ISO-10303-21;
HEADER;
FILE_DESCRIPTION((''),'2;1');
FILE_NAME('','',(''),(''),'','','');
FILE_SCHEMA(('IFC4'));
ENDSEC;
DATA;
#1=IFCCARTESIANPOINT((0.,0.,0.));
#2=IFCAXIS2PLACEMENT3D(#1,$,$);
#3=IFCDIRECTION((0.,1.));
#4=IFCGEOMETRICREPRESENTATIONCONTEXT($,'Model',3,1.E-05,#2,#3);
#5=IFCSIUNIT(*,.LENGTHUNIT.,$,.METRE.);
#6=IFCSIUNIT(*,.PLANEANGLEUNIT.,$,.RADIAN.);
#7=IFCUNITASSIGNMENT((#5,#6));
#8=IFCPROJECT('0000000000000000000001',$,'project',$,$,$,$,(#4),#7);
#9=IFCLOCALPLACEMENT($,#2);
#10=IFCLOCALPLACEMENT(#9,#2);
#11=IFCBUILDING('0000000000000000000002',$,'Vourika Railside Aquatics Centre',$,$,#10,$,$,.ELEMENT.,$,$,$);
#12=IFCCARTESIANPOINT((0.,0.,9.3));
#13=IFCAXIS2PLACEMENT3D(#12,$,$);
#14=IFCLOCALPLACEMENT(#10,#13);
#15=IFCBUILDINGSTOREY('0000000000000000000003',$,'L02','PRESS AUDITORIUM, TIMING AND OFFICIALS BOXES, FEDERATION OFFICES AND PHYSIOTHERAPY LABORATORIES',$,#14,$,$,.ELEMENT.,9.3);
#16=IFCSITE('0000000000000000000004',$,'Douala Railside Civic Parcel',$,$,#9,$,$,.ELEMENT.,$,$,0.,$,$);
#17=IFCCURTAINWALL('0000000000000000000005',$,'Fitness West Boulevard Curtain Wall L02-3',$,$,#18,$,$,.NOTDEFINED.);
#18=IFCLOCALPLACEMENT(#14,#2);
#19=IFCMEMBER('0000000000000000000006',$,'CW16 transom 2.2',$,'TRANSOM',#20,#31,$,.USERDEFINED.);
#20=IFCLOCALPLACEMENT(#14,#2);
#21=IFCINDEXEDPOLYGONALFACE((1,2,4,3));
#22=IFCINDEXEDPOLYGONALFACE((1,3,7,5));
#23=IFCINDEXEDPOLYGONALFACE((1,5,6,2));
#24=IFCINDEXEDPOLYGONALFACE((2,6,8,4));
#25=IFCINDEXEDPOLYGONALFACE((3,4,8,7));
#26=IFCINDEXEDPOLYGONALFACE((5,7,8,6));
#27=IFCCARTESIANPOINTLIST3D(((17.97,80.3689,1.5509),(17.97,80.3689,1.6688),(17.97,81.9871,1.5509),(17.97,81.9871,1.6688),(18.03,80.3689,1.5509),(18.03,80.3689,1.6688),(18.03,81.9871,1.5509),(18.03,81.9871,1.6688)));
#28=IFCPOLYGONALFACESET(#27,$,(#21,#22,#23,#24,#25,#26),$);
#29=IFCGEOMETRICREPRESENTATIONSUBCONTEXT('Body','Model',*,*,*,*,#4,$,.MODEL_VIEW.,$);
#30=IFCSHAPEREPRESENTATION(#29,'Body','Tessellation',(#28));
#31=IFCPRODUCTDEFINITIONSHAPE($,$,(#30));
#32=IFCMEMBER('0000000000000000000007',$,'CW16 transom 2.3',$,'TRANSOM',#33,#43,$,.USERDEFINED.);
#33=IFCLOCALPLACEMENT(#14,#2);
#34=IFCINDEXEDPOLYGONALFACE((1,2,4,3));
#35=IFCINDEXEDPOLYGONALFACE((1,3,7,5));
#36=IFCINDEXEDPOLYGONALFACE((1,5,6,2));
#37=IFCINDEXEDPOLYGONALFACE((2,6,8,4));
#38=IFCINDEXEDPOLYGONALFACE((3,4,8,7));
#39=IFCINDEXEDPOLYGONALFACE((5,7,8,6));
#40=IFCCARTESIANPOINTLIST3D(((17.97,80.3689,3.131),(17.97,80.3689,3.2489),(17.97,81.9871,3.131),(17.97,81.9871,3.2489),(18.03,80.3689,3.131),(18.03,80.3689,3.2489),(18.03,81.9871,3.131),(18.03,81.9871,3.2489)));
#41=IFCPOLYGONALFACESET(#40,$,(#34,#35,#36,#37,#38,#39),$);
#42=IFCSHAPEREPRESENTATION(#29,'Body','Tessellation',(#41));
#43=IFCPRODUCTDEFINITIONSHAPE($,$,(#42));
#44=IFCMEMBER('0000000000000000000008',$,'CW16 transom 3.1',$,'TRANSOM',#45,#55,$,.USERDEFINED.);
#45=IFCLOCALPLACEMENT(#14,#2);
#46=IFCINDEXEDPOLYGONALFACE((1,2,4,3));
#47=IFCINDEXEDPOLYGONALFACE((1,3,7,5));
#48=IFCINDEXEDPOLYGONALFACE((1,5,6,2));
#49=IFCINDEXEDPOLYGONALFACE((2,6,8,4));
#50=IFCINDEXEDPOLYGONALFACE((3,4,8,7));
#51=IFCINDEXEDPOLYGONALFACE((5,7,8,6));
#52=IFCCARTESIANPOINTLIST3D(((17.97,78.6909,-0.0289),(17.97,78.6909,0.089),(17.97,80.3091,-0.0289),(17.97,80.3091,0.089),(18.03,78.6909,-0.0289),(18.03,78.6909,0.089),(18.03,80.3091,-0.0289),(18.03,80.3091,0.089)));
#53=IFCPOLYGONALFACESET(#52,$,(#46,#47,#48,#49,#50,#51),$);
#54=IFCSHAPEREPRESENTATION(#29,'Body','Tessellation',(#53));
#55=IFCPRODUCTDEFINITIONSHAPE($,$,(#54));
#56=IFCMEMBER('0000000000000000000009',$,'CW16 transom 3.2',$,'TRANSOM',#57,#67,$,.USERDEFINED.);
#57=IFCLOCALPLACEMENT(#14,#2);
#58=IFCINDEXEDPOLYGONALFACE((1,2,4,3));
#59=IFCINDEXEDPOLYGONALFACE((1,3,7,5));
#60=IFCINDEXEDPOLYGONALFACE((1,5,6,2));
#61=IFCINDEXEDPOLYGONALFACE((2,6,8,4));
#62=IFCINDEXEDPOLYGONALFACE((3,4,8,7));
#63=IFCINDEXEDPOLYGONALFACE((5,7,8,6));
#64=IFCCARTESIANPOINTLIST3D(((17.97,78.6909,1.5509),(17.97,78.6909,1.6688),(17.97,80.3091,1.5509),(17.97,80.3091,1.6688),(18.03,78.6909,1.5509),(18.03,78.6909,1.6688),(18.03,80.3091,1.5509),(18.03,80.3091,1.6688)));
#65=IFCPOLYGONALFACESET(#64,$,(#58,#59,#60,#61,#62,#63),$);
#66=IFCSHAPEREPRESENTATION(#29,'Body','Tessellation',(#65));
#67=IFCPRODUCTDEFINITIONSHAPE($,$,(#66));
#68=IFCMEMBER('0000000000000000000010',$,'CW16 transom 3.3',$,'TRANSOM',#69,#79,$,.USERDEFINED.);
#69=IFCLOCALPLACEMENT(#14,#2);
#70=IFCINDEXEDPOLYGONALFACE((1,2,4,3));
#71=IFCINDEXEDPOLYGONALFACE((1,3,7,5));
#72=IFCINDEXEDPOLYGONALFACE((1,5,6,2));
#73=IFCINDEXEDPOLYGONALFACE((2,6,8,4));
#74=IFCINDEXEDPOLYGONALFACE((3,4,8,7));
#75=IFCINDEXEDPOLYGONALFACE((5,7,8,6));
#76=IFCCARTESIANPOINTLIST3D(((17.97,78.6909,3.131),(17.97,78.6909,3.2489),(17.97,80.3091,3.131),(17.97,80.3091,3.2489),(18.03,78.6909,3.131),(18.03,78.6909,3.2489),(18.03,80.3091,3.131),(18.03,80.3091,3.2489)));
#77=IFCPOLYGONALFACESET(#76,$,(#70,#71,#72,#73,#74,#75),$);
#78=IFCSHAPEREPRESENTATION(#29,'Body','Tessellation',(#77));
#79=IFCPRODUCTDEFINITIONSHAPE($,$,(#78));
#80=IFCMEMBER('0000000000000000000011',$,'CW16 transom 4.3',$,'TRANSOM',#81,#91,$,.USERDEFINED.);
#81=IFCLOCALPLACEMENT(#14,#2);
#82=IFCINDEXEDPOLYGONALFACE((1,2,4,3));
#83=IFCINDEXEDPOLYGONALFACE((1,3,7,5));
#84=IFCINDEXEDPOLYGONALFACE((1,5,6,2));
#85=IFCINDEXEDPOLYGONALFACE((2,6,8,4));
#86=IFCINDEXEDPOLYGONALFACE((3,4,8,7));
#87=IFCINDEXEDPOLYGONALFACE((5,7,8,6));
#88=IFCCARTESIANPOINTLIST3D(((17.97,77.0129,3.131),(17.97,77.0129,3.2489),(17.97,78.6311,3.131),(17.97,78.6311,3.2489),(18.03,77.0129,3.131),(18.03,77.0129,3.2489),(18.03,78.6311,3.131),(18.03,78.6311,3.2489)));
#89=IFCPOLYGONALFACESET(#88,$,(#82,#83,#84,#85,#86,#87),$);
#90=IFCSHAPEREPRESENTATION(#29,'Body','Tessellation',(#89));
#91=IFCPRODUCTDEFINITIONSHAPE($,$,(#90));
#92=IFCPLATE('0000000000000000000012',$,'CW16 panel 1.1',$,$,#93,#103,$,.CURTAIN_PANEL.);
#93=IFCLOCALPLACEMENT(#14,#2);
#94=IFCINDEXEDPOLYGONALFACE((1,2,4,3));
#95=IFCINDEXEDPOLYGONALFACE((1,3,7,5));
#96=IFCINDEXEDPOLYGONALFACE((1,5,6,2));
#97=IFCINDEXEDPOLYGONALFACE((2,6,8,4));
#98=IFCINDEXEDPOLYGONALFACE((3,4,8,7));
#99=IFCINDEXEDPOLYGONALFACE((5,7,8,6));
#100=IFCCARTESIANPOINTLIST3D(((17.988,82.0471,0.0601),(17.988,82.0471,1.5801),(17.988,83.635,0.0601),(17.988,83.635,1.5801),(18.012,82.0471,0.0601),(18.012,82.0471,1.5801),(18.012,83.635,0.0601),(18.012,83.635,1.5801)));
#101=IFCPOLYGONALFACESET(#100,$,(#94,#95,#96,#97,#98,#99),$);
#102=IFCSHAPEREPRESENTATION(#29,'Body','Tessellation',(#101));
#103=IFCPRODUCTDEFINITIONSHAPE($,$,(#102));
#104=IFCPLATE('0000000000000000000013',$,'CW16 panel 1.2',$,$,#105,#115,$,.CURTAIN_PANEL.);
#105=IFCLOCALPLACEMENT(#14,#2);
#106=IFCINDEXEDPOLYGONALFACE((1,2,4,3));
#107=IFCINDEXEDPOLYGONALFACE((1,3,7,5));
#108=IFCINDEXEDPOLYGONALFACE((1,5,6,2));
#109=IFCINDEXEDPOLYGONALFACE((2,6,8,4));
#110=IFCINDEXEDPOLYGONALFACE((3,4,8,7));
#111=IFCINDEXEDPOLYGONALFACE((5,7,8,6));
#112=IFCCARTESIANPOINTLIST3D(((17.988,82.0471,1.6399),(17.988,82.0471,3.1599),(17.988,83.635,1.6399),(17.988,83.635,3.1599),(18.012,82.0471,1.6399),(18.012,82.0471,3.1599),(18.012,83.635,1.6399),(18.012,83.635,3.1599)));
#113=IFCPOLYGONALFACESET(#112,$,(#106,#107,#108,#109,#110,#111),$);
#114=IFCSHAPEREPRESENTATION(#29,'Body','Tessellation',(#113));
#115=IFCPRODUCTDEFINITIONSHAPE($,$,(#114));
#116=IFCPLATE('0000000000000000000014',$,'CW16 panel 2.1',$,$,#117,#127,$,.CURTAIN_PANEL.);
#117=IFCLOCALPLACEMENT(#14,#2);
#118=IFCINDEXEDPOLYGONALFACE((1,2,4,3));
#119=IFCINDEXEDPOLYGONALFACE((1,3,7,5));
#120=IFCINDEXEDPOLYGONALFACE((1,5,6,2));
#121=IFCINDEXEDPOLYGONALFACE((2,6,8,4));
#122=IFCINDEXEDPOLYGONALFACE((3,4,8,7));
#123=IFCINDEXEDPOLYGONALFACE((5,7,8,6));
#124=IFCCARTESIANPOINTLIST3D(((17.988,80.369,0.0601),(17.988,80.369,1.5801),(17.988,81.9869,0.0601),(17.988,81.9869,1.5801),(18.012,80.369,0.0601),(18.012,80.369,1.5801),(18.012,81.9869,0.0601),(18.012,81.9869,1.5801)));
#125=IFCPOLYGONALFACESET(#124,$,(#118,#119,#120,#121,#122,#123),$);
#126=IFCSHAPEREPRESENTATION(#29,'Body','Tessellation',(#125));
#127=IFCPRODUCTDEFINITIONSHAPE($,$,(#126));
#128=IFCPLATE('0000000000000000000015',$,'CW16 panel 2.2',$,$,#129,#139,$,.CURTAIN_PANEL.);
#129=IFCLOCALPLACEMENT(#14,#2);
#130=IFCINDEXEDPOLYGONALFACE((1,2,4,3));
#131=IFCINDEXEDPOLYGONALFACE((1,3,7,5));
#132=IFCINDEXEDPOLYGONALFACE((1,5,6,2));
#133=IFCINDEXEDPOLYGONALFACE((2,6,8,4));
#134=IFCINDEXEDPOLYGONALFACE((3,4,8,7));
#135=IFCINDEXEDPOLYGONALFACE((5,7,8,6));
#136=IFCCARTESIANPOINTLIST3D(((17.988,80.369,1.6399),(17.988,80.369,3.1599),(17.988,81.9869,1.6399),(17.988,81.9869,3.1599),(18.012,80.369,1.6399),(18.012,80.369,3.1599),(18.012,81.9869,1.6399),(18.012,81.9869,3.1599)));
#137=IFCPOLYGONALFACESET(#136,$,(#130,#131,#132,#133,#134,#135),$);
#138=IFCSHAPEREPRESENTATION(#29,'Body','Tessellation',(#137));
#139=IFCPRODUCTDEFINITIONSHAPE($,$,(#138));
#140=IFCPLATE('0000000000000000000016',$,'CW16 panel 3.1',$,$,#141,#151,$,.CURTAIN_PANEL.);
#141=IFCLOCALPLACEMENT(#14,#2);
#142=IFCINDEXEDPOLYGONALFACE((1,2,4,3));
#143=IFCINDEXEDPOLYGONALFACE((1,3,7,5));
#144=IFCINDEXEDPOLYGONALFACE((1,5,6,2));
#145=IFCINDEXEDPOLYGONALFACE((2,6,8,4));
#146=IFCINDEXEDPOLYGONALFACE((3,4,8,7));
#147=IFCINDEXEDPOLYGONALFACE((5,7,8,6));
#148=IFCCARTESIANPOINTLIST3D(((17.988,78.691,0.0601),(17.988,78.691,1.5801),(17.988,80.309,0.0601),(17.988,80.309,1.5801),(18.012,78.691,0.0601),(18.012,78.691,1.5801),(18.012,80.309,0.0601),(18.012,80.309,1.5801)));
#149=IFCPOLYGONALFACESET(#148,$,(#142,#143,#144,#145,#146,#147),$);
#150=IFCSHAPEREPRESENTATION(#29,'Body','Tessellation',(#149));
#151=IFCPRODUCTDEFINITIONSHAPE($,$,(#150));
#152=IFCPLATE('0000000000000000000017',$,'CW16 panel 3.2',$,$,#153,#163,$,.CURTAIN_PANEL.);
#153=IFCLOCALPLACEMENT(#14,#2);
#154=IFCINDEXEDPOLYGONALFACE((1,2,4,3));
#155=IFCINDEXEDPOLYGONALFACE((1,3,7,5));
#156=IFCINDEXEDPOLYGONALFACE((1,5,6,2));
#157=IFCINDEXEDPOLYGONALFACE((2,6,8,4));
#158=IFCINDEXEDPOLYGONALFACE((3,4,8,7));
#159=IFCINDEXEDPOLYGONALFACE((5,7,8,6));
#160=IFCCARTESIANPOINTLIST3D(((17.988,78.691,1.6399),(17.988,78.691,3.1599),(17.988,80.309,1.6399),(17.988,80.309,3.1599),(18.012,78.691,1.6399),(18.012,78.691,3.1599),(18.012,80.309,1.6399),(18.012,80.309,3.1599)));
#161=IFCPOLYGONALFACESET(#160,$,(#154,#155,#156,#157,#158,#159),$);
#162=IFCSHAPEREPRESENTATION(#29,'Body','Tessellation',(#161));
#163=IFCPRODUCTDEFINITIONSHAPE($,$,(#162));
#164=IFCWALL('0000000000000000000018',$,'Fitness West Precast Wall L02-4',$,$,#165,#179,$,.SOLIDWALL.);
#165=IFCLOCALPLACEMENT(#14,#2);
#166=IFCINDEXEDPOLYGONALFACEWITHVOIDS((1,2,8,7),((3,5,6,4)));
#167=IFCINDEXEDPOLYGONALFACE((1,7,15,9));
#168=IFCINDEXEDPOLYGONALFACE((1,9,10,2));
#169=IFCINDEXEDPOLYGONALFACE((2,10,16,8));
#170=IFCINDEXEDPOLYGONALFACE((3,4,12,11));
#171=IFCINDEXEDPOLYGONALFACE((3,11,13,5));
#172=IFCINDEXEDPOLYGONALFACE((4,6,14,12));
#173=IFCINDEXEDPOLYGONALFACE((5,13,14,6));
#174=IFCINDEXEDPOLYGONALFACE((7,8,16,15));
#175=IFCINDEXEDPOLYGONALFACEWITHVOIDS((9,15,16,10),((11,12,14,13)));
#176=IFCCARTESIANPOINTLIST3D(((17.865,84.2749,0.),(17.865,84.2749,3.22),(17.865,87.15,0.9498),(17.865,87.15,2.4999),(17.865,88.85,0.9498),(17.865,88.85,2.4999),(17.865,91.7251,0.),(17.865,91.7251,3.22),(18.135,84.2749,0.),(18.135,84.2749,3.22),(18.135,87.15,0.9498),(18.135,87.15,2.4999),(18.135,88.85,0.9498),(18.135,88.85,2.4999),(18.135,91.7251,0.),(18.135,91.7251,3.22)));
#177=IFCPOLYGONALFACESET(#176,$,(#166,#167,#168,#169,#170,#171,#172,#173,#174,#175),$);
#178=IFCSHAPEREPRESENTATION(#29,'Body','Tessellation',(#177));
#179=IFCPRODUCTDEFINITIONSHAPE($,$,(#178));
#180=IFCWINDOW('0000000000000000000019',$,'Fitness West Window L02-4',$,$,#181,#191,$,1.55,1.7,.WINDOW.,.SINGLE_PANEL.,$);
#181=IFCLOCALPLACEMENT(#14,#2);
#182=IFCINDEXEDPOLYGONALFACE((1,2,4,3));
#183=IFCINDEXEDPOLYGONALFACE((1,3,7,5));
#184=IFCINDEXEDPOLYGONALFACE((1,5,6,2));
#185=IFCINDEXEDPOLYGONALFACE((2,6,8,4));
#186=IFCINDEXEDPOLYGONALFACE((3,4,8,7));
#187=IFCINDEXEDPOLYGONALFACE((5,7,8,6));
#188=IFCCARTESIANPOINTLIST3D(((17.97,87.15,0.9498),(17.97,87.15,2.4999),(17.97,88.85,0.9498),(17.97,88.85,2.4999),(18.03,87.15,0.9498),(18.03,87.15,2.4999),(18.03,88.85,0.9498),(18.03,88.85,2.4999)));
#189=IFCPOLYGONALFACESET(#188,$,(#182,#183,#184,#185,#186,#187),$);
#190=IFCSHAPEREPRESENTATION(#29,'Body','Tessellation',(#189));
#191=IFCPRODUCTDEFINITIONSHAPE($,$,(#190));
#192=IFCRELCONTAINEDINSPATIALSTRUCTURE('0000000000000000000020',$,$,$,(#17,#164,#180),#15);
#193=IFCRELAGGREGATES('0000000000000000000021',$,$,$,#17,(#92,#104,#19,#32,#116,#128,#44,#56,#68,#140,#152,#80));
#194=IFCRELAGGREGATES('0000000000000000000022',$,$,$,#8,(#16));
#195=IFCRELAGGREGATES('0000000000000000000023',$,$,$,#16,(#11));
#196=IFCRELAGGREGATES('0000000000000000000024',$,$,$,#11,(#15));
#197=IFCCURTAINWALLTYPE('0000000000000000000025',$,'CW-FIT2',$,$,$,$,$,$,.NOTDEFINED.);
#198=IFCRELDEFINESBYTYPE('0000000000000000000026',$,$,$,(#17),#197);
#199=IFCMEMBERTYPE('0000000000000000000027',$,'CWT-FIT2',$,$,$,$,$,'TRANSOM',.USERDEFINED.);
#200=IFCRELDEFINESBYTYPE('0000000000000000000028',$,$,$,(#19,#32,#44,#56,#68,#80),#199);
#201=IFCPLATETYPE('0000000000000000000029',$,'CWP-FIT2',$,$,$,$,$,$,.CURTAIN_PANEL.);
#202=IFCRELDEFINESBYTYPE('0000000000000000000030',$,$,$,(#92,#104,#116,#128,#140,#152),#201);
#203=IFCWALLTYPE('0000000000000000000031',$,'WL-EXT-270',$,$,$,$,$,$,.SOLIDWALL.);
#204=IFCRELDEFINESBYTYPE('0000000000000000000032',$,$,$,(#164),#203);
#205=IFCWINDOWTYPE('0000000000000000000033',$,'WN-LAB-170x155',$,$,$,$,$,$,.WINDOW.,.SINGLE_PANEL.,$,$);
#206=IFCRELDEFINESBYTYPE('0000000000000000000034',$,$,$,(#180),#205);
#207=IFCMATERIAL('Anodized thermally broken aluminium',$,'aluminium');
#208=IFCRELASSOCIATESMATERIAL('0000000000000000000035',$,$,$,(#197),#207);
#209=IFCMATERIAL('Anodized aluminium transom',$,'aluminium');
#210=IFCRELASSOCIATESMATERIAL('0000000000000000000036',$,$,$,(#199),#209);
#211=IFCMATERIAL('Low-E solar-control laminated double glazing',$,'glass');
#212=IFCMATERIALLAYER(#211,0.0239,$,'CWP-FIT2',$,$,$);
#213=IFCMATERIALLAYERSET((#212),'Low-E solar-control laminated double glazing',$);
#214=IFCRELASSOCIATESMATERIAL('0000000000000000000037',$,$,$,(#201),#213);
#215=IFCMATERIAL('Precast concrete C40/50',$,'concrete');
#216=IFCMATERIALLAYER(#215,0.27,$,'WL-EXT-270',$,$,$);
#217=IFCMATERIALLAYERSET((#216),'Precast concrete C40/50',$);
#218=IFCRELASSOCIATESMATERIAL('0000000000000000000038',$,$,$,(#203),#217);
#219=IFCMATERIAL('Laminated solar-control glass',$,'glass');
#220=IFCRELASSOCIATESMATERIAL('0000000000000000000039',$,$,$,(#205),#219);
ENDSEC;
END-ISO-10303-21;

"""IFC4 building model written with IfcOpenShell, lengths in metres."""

from ifc_helpers import new_model, si_unit, direction, frame, frame_2d, origin, origin_2d, place, context, subcontext, project, spatial, rectangle, extrude, material, layer, layer_set, material_profile, profile_set, type_object, element, fill, aggregate, save


model = new_model("IFC4")

# Units and contexts
model_context = context("Model", 3, precision=1e-05, world=origin(), true_north=direction((0.0, 1.0)))
body_context = subcontext(model_context, "Body", "Model", "MODEL_VIEW")
ifc_project = project(units=[si_unit("LENGTHUNIT", "METRE"), si_unit("PLANEANGLEUNIT", "RADIAN")], contexts=[model_context])

# Site, building, storey
site_placement = place(None, origin())
site = spatial("IfcSite", under=ifc_project, at=site_placement, Name="Douala Railside Civic Parcel", CompositionType="ELEMENT", RefElevation=0.0)
building_placement = place(site_placement, origin())
building = spatial("IfcBuilding", under=site, at=building_placement, Name="Vourika Railside Aquatics Centre", CompositionType="ELEMENT")
storey_placement = place(building_placement, frame((0.0, 0.0, 9.3)))
storey = spatial("IfcBuildingStorey", under=building, at=storey_placement, Name="L02", Description="PRESS AUDITORIUM, TIMING AND OFFICIALS BOXES, FEDERATION OFFICES AND PHYSIOTHERAPY LABORATORIES", CompositionType="ELEMENT", Elevation=9.3)

# Curtain wall, members, plates
ifc_material_1 = material(Name="Anodized thermally broken aluminium", Category="aluminium")
curtain_wall_type = type_object("IfcCurtainWallType", Name="CW-FIT2", PredefinedType="NOTDEFINED", material=ifc_material_1)
curtain_wall_placement = place(storey_placement, origin())
curtain_wall = element("IfcCurtainWall", 1, at=curtain_wall_placement, inside=storey, type_object=curtain_wall_type, Name="Fitness West Boulevard Curtain Wall L02-3", PredefinedType="NOTDEFINED")
ifc_material_2 = material(Name="Anodized aluminium transom", Category="aluminium")
ifc_material_profile_1 = material_profile(ifc_material_2, rectangle(XDim=0.0601, YDim=0.1179, at=origin_2d()), Name="ALU-T 60x118")
ifc_profile_set_1 = profile_set([ifc_material_profile_1], Name="Anodized aluminium transom")
member_type_1 = type_object("IfcMemberType", Name="CWT-FIT2", ElementType="TRANSOM", PredefinedType="USERDEFINED", material=ifc_profile_set_1)
member_1_placement = place(storey_placement, frame((18.0, 81.9871, 1.6099), z_axis=(0.0, -1.0, 0.0), x_axis=(1.0, 0.0, 0.0)))
member_1 = element("IfcMember", 2, at=member_1_placement, type_object=member_type_1, Name="CW16 transom 2.2", ObjectType="TRANSOM", PredefinedType="USERDEFINED", context=body_context, shape_type="SweptSolid", body=[
    extrude(rectangle(XDim=0.0601, YDim=0.1179, at=origin_2d()), origin(), (0.0, 0.0, 1.0), 1.6182),
])
member_2_placement = place(storey_placement, frame((18.0, 81.9871, 3.1899), z_axis=(0.0, -1.0, 0.0), x_axis=(1.0, 0.0, 0.0)))
member_2 = element("IfcMember", 3, at=member_2_placement, type_object=member_type_1, Name="CW16 transom 2.3", ObjectType="TRANSOM", PredefinedType="USERDEFINED", context=body_context, shape_type="SweptSolid", body=[
    extrude(rectangle(XDim=0.0601, YDim=0.1179, at=origin_2d()), origin(), (0.0, 0.0, 1.0), 1.6182),
])
member_3_placement = place(storey_placement, frame((18.0, 80.3091, 0.03), z_axis=(0.0, -1.0, 0.0), x_axis=(1.0, 0.0, 0.0)))
member_3 = element("IfcMember", 4, at=member_3_placement, type_object=member_type_1, Name="CW16 transom 3.1", ObjectType="TRANSOM", PredefinedType="USERDEFINED", context=body_context, shape_type="SweptSolid", body=[
    extrude(rectangle(XDim=0.0601, YDim=0.1179, at=origin_2d()), origin(), (0.0, 0.0, 1.0), 1.6182),
])
member_4_placement = place(storey_placement, frame((18.0, 80.3091, 1.6099), z_axis=(0.0, -1.0, 0.0), x_axis=(1.0, 0.0, 0.0)))
member_4 = element("IfcMember", 5, at=member_4_placement, type_object=member_type_1, Name="CW16 transom 3.2", ObjectType="TRANSOM", PredefinedType="USERDEFINED", context=body_context, shape_type="SweptSolid", body=[
    extrude(rectangle(XDim=0.0601, YDim=0.1179, at=origin_2d()), origin(), (0.0, 0.0, 1.0), 1.6182),
])
member_5_placement = place(storey_placement, frame((18.0, 80.3091, 3.1899), z_axis=(0.0, -1.0, 0.0), x_axis=(1.0, 0.0, 0.0)))
member_5 = element("IfcMember", 6, at=member_5_placement, type_object=member_type_1, Name="CW16 transom 3.3", ObjectType="TRANSOM", PredefinedType="USERDEFINED", context=body_context, shape_type="SweptSolid", body=[
    extrude(rectangle(XDim=0.0601, YDim=0.1179, at=origin_2d()), origin(), (0.0, 0.0, 1.0), 1.6182),
])
member_6_placement = place(storey_placement, frame((18.0, 78.6311, 3.1899), z_axis=(0.0, -1.0, 0.0), x_axis=(1.0, 0.0, 0.0)))
member_6 = element("IfcMember", 7, at=member_6_placement, type_object=member_type_1, Name="CW16 transom 4.3", ObjectType="TRANSOM", PredefinedType="USERDEFINED", context=body_context, shape_type="SweptSolid", body=[
    extrude(rectangle(XDim=0.0601, YDim=0.1179, at=origin_2d()), origin(), (0.0, 0.0, 1.0), 1.6182),
])
ifc_material_3 = material(Name="Low-E solar-control laminated double glazing", Category="glass")
ifc_layer_1 = layer(ifc_material_3, 0.0239, Name="CWP-FIT2")
ifc_layer_set_1 = layer_set([ifc_layer_1], Name="Low-E solar-control laminated double glazing")
plate_type = type_object("IfcPlateType", Name="CWP-FIT2", PredefinedType="CURTAIN_PANEL", material=ifc_layer_set_1)
plate_1_placement = place(storey_placement, frame((18.0, 82.8411, 0.0601), z_axis=(0.0, 0.0, 1.0), x_axis=(0.0, -1.0, 0.0)))
plate_1 = element("IfcPlate", 8, at=plate_1_placement, type_object=plate_type, Name="CW16 panel 1.1", PredefinedType="CURTAIN_PANEL", context=body_context, shape_type="SweptSolid", body=[
    extrude(rectangle(XDim=1.5879, YDim=0.0239, at=origin_2d()), origin(), (0.0, 0.0, 1.0), 1.52),
])
plate_2_placement = place(storey_placement, frame((18.0, 82.8411, 1.6399), z_axis=(0.0, 0.0, 1.0), x_axis=(0.0, -1.0, 0.0)))
plate_2 = element("IfcPlate", 9, at=plate_2_placement, type_object=plate_type, Name="CW16 panel 1.2", PredefinedType="CURTAIN_PANEL", context=body_context, shape_type="SweptSolid", body=[
    extrude(rectangle(XDim=1.5879, YDim=0.0239, at=origin_2d()), origin(), (0.0, 0.0, 1.0), 1.52),
])
plate_3_placement = place(storey_placement, frame((18.0, 81.178, 0.0601), z_axis=(0.0, 0.0, 1.0), x_axis=(0.0, -1.0, 0.0)))
plate_3 = element("IfcPlate", 10, at=plate_3_placement, type_object=plate_type, Name="CW16 panel 2.1", PredefinedType="CURTAIN_PANEL", context=body_context, shape_type="SweptSolid", body=[
    extrude(rectangle(XDim=1.6179, YDim=0.0239, at=origin_2d()), origin(), (0.0, 0.0, 1.0), 1.52),
])
plate_4_placement = place(storey_placement, frame((18.0, 81.178, 1.6399), z_axis=(0.0, 0.0, 1.0), x_axis=(0.0, -1.0, 0.0)))
plate_4 = element("IfcPlate", 11, at=plate_4_placement, type_object=plate_type, Name="CW16 panel 2.2", PredefinedType="CURTAIN_PANEL", context=body_context, shape_type="SweptSolid", body=[
    extrude(rectangle(XDim=1.6179, YDim=0.0239, at=origin_2d()), origin(), (0.0, 0.0, 1.0), 1.52),
])
plate_5_placement = place(storey_placement, frame((18.0, 79.5, 0.0601), z_axis=(0.0, 0.0, 1.0), x_axis=(0.0, -1.0, 0.0)))
plate_5 = element("IfcPlate", 12, at=plate_5_placement, type_object=plate_type, Name="CW16 panel 3.1", PredefinedType="CURTAIN_PANEL", context=body_context, shape_type="SweptSolid", body=[
    extrude(rectangle(XDim=1.6179, YDim=0.0239, at=origin_2d()), origin(), (0.0, 0.0, 1.0), 1.52),
])
plate_6_placement = place(storey_placement, frame((18.0, 79.5, 1.6399), z_axis=(0.0, 0.0, 1.0), x_axis=(0.0, -1.0, 0.0)))
plate_6 = element("IfcPlate", 13, at=plate_6_placement, type_object=plate_type, Name="CW16 panel 3.2", PredefinedType="CURTAIN_PANEL", context=body_context, shape_type="SweptSolid", body=[
    extrude(rectangle(XDim=1.6179, YDim=0.0239, at=origin_2d()), origin(), (0.0, 0.0, 1.0), 1.52),
])
aggregate(curtain_wall, [plate_1, plate_2, member_1, member_2, plate_3, plate_4, member_3, member_4, member_5, plate_5, plate_6, member_6])

# Wall, opening, window
ifc_material_4 = material(Name="Precast concrete C40/50", Category="concrete")
ifc_layer_2 = layer(ifc_material_4, 0.27, Name="WL-EXT-270")
ifc_layer_set_2 = layer_set([ifc_layer_2], Name="Precast concrete C40/50")
wall_type_1 = type_object("IfcWallType", Name="WL-EXT-270", PredefinedType="SOLIDWALL", material=ifc_layer_set_2)
wall_1_placement = place(storey_placement, frame((18.0, 91.7251, 0.0), z_axis=(0.0, 0.0, 1.0), x_axis=(0.0, -1.0, 0.0)))
wall_1 = element("IfcWall", 14, at=wall_1_placement, inside=storey, type_object=wall_type_1, Name="Fitness West Precast Wall L02-4", PredefinedType="SOLIDWALL", context=body_context, shape_type="SweptSolid", body=[
    extrude(rectangle(XDim=7.4502, YDim=0.27, at=frame_2d((3.7251, 0.0))), origin(), (0.0, 0.0, 1.0), 3.22),
])
opening_placement = place(wall_1_placement, frame((2.875, 0.0, 0.95)))
opening = element("IfcOpeningElement", 15, at=opening_placement, cuts=wall_1, PredefinedType="OPENING", context=body_context, shape_type="SweptSolid", body=[
    extrude(rectangle(XDim=1.7, YDim=1.55, at=frame_2d((0.8501, 0.7749))), frame((0.0, 0.145, 0.0), z_axis=(0.0, -1.0, 0.0), x_axis=(1.0, 0.0, 0.0)), (0.0, 0.0, 1.0), 0.29),
])
ifc_material_5 = material(Name="Laminated solar-control glass", Category="glass")
window_type = type_object("IfcWindowType", Name="WN-LAB-170x155", PartitioningType="SINGLE_PANEL", PredefinedType="WINDOW", material=ifc_material_5)
window_placement = place(opening_placement, origin())
window = element("IfcWindow", 16, at=window_placement, inside=storey, type_object=window_type, Name="Fitness West Window L02-4", OverallHeight=1.55, OverallWidth=1.7, PartitioningType="SINGLE_PANEL", PredefinedType="WINDOW", context=body_context, shape_type="SweptSolid", body=[
    extrude(rectangle(XDim=1.7, YDim=1.55, at=frame_2d((0.8501, 0.7749))), frame((0.0, 0.03, 0.0), z_axis=(0.0, -1.0, 0.0), x_axis=(1.0, 0.0, 0.0)), (0.0, 0.0, 1.0), 0.0601),
])
fill(opening, window)

save(model, "model.ifc")
